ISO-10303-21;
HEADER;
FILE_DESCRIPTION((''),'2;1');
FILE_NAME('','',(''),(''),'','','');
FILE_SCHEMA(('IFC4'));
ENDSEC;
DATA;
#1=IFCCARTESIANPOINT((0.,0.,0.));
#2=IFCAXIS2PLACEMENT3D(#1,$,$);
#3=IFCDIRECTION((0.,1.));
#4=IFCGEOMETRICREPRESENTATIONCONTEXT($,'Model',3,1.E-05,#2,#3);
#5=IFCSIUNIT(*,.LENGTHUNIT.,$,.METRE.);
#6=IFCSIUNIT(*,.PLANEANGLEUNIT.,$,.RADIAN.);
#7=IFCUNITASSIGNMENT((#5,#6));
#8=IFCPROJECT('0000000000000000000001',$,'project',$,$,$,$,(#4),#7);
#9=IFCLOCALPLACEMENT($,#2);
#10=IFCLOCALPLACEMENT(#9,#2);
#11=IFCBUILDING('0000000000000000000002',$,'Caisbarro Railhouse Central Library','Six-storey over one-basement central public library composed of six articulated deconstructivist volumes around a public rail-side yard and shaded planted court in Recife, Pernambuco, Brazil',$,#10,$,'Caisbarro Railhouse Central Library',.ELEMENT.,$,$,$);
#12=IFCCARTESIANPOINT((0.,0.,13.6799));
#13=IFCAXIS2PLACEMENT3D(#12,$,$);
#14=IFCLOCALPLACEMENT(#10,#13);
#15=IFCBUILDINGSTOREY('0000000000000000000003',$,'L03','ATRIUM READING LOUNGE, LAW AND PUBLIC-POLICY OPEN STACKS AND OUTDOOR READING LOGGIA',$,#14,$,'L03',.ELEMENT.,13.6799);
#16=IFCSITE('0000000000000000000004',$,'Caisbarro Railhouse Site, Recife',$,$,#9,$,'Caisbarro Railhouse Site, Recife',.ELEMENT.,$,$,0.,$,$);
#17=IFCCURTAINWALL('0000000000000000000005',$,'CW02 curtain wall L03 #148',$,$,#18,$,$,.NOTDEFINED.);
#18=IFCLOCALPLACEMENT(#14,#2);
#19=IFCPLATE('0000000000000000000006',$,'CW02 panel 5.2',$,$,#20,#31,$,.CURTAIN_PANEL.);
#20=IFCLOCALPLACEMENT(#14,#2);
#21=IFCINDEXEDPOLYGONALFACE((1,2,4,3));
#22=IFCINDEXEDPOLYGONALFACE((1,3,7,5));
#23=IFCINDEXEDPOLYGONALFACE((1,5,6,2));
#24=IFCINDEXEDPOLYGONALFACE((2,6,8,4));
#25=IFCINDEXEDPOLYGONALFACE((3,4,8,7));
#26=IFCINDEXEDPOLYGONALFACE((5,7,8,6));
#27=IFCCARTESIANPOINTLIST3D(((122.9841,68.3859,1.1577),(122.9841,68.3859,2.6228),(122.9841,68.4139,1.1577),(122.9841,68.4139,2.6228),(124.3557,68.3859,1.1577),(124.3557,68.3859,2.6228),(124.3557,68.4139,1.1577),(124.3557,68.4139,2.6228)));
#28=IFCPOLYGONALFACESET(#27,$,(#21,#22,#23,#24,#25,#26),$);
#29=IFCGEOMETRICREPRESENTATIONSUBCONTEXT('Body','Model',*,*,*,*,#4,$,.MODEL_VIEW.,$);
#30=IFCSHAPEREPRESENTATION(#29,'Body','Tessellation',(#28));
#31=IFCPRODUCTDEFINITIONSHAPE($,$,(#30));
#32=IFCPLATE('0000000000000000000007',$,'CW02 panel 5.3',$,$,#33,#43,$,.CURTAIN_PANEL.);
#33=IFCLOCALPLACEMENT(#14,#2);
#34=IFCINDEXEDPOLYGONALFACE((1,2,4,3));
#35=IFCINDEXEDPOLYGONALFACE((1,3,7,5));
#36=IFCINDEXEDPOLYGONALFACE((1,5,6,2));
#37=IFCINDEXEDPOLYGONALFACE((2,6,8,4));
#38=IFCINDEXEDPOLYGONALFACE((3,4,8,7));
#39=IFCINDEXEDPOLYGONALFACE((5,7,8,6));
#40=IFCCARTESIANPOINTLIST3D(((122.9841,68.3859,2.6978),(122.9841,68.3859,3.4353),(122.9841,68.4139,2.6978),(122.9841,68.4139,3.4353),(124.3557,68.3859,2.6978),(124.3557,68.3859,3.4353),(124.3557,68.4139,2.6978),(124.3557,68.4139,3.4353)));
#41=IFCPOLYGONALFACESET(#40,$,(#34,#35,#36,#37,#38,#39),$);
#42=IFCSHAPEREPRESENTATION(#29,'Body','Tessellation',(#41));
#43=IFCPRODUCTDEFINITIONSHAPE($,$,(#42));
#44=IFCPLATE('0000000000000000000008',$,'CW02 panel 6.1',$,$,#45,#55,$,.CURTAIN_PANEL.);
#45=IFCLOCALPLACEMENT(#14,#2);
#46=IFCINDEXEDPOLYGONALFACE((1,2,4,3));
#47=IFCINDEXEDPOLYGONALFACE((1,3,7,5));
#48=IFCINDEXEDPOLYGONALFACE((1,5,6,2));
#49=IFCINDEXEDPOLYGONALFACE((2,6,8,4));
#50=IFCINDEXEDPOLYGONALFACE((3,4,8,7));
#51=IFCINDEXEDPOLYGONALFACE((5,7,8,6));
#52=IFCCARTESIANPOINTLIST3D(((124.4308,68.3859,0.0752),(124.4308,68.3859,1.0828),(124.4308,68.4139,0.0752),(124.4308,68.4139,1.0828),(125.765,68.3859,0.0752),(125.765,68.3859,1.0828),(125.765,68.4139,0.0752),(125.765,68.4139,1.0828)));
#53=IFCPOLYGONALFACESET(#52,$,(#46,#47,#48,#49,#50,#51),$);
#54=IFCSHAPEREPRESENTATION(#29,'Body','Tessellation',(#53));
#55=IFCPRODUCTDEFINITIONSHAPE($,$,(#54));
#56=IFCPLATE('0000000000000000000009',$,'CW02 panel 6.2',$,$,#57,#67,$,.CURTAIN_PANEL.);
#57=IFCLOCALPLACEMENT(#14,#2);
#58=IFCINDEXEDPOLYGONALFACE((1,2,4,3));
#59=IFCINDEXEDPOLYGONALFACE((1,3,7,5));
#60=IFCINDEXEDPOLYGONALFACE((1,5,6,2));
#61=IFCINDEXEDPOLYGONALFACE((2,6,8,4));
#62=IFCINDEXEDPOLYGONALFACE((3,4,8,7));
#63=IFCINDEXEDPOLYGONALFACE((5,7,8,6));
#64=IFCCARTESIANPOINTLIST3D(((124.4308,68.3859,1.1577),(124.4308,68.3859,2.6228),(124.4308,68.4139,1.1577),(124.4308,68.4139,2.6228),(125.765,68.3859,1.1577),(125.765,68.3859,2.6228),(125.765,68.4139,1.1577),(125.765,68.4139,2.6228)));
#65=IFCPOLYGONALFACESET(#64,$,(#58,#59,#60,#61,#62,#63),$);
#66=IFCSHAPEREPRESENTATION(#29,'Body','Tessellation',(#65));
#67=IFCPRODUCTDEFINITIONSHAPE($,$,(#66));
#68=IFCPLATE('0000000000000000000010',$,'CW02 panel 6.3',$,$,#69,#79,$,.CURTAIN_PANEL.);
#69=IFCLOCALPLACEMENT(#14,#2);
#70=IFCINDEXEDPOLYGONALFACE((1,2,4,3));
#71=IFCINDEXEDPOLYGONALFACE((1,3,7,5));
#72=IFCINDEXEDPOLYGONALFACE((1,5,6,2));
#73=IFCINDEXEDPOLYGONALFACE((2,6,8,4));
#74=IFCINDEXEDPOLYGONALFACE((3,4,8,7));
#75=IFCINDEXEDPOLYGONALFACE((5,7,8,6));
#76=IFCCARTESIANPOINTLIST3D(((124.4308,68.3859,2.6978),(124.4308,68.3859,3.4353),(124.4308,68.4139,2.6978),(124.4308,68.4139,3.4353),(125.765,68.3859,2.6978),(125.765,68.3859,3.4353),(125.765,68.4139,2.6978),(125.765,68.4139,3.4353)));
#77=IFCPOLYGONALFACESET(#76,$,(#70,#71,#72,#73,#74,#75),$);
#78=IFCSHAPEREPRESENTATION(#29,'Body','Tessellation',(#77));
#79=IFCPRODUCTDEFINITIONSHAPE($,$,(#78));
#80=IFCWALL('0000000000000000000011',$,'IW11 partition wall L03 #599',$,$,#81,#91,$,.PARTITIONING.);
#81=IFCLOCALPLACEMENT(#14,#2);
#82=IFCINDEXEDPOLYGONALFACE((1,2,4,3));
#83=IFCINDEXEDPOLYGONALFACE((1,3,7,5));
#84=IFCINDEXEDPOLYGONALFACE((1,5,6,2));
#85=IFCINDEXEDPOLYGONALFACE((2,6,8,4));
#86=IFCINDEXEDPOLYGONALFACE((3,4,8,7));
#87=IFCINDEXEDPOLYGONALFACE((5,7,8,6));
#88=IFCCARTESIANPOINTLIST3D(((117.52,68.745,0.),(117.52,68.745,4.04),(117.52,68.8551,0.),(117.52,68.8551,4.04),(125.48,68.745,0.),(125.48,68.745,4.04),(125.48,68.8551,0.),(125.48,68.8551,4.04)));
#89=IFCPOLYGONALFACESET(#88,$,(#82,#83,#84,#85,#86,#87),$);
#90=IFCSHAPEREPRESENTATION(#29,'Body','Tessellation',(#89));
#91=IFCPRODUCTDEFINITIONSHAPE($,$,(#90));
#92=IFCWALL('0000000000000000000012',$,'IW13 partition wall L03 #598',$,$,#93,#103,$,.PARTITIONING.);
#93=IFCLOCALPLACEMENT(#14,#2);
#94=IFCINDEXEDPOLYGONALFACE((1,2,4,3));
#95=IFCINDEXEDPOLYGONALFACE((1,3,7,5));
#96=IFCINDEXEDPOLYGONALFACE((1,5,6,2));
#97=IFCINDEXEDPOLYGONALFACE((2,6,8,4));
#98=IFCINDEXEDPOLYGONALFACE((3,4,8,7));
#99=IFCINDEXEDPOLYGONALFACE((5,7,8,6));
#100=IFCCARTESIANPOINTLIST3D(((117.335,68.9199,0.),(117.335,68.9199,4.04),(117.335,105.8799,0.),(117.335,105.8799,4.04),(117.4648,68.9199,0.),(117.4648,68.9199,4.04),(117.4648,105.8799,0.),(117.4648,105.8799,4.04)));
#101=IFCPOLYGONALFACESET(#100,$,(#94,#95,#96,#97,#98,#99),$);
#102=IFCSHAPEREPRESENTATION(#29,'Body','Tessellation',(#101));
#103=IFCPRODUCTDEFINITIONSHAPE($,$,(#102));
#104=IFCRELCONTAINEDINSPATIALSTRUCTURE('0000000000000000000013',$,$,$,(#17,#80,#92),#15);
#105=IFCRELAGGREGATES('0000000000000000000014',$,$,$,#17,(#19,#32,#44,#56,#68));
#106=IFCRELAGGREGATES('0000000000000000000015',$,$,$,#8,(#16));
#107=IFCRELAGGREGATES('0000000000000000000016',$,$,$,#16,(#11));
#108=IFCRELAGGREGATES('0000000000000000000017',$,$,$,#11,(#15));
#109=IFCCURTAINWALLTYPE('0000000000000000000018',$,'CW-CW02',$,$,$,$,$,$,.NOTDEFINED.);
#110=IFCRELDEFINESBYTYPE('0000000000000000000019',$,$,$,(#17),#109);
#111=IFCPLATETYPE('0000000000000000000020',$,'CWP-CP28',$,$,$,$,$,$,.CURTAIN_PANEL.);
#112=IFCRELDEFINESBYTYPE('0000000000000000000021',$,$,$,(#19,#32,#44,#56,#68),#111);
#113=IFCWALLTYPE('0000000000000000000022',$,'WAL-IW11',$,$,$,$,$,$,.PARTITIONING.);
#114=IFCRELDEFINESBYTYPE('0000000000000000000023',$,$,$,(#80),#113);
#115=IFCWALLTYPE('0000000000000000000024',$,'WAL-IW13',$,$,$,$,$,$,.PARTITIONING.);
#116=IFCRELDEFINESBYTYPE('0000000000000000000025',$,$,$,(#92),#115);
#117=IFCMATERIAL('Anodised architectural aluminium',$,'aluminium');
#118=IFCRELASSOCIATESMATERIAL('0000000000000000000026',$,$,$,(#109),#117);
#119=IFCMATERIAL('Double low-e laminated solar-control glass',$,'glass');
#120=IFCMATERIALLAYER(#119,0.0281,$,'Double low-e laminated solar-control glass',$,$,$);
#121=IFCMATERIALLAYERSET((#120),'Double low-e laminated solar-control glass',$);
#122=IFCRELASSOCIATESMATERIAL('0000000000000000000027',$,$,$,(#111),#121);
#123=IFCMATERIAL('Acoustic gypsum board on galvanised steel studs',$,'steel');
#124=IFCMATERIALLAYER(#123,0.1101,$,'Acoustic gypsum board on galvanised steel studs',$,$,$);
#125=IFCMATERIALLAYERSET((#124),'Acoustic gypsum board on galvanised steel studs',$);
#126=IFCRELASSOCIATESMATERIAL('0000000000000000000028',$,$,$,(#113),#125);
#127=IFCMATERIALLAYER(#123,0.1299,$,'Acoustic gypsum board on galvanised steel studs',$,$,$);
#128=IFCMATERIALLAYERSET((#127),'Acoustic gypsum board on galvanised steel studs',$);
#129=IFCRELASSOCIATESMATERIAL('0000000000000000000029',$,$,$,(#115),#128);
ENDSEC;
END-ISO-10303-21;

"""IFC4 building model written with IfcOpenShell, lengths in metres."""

from ifc_helpers import new_model, si_unit, direction, frame, frame_2d, origin, origin_2d, place, context, subcontext, project, spatial, rectangle, extrude, material, layer, layer_set, type_object, element, aggregate, save


model = new_model("IFC4")

# Units and contexts
model_context = context("Model", 3, precision=1e-05, world=origin(), true_north=direction((0.0, 1.0)))
body_context = subcontext(model_context, "Body", "Model", "MODEL_VIEW")
ifc_project = project(units=[si_unit("LENGTHUNIT", "METRE"), si_unit("PLANEANGLEUNIT", "RADIAN")], contexts=[model_context])

# Site, building, storey
site_placement = place(None, origin())
site = spatial("IfcSite", under=ifc_project, at=site_placement, Name="Caisbarro Railhouse Site, Recife", LongName="Caisbarro Railhouse Site, Recife", CompositionType="ELEMENT", RefElevation=0.0)
building_placement = place(site_placement, origin())
building = spatial("IfcBuilding", under=site, at=building_placement, Name="Caisbarro Railhouse Central Library", Description="Six-storey over one-basement central public library composed of six articulated deconstructivist volumes around a public rail-side yard and shaded planted court in Recife, Pernambuco, Brazil", LongName="Caisbarro Railhouse Central Library", CompositionType="ELEMENT")
storey_placement = place(building_placement, frame((0.0, 0.0, 13.6799)))
storey = spatial("IfcBuildingStorey", under=building, at=storey_placement, Name="L03", Description="ATRIUM READING LOUNGE, LAW AND PUBLIC-POLICY OPEN STACKS AND OUTDOOR READING LOGGIA", LongName="L03", CompositionType="ELEMENT", Elevation=13.6799)

# Curtain wall, plates
ifc_material_1 = material(Name="Anodised architectural aluminium", Category="aluminium")
curtain_wall_type = type_object("IfcCurtainWallType", Name="CW-CW02", PredefinedType="NOTDEFINED", material=ifc_material_1)
curtain_wall_placement = place(storey_placement, origin())
curtain_wall = element("IfcCurtainWall", 1, at=curtain_wall_placement, inside=storey, type_object=curtain_wall_type, Name="CW02 curtain wall L03 #148", PredefinedType="NOTDEFINED")
ifc_material_2 = material(Name="Double low-e laminated solar-control glass", Category="glass")
ifc_layer_1 = layer(ifc_material_2, 0.0281, Name="Double low-e laminated solar-control glass")
ifc_layer_set_1 = layer_set([ifc_layer_1], Name="Double low-e laminated solar-control glass")
plate_type = type_object("IfcPlateType", Name="CWP-CP28", PredefinedType="CURTAIN_PANEL", material=ifc_layer_set_1)
plate_1_placement = place(storey_placement, frame((123.6699, 68.3999, 1.1577), z_axis=(0.0, 0.0, 1.0), x_axis=(1.0, 0.0, 0.0)))
plate_1 = element("IfcPlate", 2, at=plate_1_placement, type_object=plate_type, Name="CW02 panel 5.2", PredefinedType="CURTAIN_PANEL", context=body_context, shape_type="SweptSolid", body=[
    extrude(rectangle(XDim=1.3716, YDim=0.0281, at=origin_2d()), origin(), (0.0, 0.0, 1.0), 1.4651),
])
plate_2_placement = place(storey_placement, frame((123.6699, 68.3999, 2.6978), z_axis=(0.0, 0.0, 1.0), x_axis=(1.0, 0.0, 0.0)))
plate_2 = element("IfcPlate", 3, at=plate_2_placement, type_object=plate_type, Name="CW02 panel 5.3", PredefinedType="CURTAIN_PANEL", context=body_context, shape_type="SweptSolid", body=[
    extrude(rectangle(XDim=1.3716, YDim=0.0281, at=origin_2d()), origin(), (0.0, 0.0, 1.0), 0.7375),
])
plate_3_placement = place(storey_placement, frame((125.0979, 68.3999, 0.0752), z_axis=(0.0, 0.0, 1.0), x_axis=(1.0, 0.0, 0.0)))
plate_3 = element("IfcPlate", 4, at=plate_3_placement, type_object=plate_type, Name="CW02 panel 6.1", PredefinedType="CURTAIN_PANEL", context=body_context, shape_type="SweptSolid", body=[
    extrude(rectangle(XDim=1.3342, YDim=0.0281, at=origin_2d()), origin(), (0.0, 0.0, 1.0), 1.0076),
])
plate_4_placement = place(storey_placement, frame((125.0979, 68.3999, 1.1577), z_axis=(0.0, 0.0, 1.0), x_axis=(1.0, 0.0, 0.0)))
plate_4 = element("IfcPlate", 5, at=plate_4_placement, type_object=plate_type, Name="CW02 panel 6.2", PredefinedType="CURTAIN_PANEL", context=body_context, shape_type="SweptSolid", body=[
    extrude(rectangle(XDim=1.3342, YDim=0.0281, at=origin_2d()), origin(), (0.0, 0.0, 1.0), 1.4651),
])
plate_5_placement = place(storey_placement, frame((125.0979, 68.3999, 2.6978), z_axis=(0.0, 0.0, 1.0), x_axis=(1.0, 0.0, 0.0)))
plate_5 = element("IfcPlate", 6, at=plate_5_placement, type_object=plate_type, Name="CW02 panel 6.3", PredefinedType="CURTAIN_PANEL", context=body_context, shape_type="SweptSolid", body=[
    extrude(rectangle(XDim=1.3342, YDim=0.0281, at=origin_2d()), origin(), (0.0, 0.0, 1.0), 0.7375),
])
aggregate(curtain_wall, [plate_1, plate_2, plate_3, plate_4, plate_5])

# Walls
ifc_material_3 = material(Name="Acoustic gypsum board on galvanised steel studs", Category="steel")
ifc_layer_2 = layer(ifc_material_3, 0.1101, Name="Acoustic gypsum board on galvanised steel studs")
ifc_layer_set_2 = layer_set([ifc_layer_2], Name="Acoustic gypsum board on galvanised steel studs")
wall_type_1 = type_object("IfcWallType", Name="WAL-IW11", PredefinedType="PARTITIONING", material=ifc_layer_set_2)
wall_1_placement = place(storey_placement, frame((117.52, 68.8, 0.0), z_axis=(0.0, 0.0, 1.0), x_axis=(1.0, 0.0, 0.0)))
element("IfcWall", 7, at=wall_1_placement, inside=storey, type_object=wall_type_1, Name="IW11 partition wall L03 #599", PredefinedType="PARTITIONING", context=body_context, shape_type="SweptSolid", body=[
    extrude(rectangle(XDim=7.96, YDim=0.1101, at=frame_2d((3.98, 0.0))), origin(), (0.0, 0.0, 1.0), 4.04),
])
ifc_layer_3 = layer(ifc_material_3, 0.1299, Name="Acoustic gypsum board on galvanised steel studs")
ifc_layer_set_3 = layer_set([ifc_layer_3], Name="Acoustic gypsum board on galvanised steel studs")
wall_type_2 = type_object("IfcWallType", Name="WAL-IW13", PredefinedType="PARTITIONING", material=ifc_layer_set_3)
wall_2_placement = place(storey_placement, frame((117.3999, 68.9199, 0.0), z_axis=(0.0, 0.0, 1.0), x_axis=(0.0, 1.0, 0.0)))
element("IfcWall", 8, at=wall_2_placement, inside=storey, type_object=wall_type_2, Name="IW13 partition wall L03 #598", PredefinedType="PARTITIONING", context=body_context, shape_type="SweptSolid", body=[
    extrude(rectangle(XDim=36.96, YDim=0.1299, at=frame_2d((18.48, 0.0))), origin(), (0.0, 0.0, 1.0), 4.04),
])

save(model, "model.ifc")
